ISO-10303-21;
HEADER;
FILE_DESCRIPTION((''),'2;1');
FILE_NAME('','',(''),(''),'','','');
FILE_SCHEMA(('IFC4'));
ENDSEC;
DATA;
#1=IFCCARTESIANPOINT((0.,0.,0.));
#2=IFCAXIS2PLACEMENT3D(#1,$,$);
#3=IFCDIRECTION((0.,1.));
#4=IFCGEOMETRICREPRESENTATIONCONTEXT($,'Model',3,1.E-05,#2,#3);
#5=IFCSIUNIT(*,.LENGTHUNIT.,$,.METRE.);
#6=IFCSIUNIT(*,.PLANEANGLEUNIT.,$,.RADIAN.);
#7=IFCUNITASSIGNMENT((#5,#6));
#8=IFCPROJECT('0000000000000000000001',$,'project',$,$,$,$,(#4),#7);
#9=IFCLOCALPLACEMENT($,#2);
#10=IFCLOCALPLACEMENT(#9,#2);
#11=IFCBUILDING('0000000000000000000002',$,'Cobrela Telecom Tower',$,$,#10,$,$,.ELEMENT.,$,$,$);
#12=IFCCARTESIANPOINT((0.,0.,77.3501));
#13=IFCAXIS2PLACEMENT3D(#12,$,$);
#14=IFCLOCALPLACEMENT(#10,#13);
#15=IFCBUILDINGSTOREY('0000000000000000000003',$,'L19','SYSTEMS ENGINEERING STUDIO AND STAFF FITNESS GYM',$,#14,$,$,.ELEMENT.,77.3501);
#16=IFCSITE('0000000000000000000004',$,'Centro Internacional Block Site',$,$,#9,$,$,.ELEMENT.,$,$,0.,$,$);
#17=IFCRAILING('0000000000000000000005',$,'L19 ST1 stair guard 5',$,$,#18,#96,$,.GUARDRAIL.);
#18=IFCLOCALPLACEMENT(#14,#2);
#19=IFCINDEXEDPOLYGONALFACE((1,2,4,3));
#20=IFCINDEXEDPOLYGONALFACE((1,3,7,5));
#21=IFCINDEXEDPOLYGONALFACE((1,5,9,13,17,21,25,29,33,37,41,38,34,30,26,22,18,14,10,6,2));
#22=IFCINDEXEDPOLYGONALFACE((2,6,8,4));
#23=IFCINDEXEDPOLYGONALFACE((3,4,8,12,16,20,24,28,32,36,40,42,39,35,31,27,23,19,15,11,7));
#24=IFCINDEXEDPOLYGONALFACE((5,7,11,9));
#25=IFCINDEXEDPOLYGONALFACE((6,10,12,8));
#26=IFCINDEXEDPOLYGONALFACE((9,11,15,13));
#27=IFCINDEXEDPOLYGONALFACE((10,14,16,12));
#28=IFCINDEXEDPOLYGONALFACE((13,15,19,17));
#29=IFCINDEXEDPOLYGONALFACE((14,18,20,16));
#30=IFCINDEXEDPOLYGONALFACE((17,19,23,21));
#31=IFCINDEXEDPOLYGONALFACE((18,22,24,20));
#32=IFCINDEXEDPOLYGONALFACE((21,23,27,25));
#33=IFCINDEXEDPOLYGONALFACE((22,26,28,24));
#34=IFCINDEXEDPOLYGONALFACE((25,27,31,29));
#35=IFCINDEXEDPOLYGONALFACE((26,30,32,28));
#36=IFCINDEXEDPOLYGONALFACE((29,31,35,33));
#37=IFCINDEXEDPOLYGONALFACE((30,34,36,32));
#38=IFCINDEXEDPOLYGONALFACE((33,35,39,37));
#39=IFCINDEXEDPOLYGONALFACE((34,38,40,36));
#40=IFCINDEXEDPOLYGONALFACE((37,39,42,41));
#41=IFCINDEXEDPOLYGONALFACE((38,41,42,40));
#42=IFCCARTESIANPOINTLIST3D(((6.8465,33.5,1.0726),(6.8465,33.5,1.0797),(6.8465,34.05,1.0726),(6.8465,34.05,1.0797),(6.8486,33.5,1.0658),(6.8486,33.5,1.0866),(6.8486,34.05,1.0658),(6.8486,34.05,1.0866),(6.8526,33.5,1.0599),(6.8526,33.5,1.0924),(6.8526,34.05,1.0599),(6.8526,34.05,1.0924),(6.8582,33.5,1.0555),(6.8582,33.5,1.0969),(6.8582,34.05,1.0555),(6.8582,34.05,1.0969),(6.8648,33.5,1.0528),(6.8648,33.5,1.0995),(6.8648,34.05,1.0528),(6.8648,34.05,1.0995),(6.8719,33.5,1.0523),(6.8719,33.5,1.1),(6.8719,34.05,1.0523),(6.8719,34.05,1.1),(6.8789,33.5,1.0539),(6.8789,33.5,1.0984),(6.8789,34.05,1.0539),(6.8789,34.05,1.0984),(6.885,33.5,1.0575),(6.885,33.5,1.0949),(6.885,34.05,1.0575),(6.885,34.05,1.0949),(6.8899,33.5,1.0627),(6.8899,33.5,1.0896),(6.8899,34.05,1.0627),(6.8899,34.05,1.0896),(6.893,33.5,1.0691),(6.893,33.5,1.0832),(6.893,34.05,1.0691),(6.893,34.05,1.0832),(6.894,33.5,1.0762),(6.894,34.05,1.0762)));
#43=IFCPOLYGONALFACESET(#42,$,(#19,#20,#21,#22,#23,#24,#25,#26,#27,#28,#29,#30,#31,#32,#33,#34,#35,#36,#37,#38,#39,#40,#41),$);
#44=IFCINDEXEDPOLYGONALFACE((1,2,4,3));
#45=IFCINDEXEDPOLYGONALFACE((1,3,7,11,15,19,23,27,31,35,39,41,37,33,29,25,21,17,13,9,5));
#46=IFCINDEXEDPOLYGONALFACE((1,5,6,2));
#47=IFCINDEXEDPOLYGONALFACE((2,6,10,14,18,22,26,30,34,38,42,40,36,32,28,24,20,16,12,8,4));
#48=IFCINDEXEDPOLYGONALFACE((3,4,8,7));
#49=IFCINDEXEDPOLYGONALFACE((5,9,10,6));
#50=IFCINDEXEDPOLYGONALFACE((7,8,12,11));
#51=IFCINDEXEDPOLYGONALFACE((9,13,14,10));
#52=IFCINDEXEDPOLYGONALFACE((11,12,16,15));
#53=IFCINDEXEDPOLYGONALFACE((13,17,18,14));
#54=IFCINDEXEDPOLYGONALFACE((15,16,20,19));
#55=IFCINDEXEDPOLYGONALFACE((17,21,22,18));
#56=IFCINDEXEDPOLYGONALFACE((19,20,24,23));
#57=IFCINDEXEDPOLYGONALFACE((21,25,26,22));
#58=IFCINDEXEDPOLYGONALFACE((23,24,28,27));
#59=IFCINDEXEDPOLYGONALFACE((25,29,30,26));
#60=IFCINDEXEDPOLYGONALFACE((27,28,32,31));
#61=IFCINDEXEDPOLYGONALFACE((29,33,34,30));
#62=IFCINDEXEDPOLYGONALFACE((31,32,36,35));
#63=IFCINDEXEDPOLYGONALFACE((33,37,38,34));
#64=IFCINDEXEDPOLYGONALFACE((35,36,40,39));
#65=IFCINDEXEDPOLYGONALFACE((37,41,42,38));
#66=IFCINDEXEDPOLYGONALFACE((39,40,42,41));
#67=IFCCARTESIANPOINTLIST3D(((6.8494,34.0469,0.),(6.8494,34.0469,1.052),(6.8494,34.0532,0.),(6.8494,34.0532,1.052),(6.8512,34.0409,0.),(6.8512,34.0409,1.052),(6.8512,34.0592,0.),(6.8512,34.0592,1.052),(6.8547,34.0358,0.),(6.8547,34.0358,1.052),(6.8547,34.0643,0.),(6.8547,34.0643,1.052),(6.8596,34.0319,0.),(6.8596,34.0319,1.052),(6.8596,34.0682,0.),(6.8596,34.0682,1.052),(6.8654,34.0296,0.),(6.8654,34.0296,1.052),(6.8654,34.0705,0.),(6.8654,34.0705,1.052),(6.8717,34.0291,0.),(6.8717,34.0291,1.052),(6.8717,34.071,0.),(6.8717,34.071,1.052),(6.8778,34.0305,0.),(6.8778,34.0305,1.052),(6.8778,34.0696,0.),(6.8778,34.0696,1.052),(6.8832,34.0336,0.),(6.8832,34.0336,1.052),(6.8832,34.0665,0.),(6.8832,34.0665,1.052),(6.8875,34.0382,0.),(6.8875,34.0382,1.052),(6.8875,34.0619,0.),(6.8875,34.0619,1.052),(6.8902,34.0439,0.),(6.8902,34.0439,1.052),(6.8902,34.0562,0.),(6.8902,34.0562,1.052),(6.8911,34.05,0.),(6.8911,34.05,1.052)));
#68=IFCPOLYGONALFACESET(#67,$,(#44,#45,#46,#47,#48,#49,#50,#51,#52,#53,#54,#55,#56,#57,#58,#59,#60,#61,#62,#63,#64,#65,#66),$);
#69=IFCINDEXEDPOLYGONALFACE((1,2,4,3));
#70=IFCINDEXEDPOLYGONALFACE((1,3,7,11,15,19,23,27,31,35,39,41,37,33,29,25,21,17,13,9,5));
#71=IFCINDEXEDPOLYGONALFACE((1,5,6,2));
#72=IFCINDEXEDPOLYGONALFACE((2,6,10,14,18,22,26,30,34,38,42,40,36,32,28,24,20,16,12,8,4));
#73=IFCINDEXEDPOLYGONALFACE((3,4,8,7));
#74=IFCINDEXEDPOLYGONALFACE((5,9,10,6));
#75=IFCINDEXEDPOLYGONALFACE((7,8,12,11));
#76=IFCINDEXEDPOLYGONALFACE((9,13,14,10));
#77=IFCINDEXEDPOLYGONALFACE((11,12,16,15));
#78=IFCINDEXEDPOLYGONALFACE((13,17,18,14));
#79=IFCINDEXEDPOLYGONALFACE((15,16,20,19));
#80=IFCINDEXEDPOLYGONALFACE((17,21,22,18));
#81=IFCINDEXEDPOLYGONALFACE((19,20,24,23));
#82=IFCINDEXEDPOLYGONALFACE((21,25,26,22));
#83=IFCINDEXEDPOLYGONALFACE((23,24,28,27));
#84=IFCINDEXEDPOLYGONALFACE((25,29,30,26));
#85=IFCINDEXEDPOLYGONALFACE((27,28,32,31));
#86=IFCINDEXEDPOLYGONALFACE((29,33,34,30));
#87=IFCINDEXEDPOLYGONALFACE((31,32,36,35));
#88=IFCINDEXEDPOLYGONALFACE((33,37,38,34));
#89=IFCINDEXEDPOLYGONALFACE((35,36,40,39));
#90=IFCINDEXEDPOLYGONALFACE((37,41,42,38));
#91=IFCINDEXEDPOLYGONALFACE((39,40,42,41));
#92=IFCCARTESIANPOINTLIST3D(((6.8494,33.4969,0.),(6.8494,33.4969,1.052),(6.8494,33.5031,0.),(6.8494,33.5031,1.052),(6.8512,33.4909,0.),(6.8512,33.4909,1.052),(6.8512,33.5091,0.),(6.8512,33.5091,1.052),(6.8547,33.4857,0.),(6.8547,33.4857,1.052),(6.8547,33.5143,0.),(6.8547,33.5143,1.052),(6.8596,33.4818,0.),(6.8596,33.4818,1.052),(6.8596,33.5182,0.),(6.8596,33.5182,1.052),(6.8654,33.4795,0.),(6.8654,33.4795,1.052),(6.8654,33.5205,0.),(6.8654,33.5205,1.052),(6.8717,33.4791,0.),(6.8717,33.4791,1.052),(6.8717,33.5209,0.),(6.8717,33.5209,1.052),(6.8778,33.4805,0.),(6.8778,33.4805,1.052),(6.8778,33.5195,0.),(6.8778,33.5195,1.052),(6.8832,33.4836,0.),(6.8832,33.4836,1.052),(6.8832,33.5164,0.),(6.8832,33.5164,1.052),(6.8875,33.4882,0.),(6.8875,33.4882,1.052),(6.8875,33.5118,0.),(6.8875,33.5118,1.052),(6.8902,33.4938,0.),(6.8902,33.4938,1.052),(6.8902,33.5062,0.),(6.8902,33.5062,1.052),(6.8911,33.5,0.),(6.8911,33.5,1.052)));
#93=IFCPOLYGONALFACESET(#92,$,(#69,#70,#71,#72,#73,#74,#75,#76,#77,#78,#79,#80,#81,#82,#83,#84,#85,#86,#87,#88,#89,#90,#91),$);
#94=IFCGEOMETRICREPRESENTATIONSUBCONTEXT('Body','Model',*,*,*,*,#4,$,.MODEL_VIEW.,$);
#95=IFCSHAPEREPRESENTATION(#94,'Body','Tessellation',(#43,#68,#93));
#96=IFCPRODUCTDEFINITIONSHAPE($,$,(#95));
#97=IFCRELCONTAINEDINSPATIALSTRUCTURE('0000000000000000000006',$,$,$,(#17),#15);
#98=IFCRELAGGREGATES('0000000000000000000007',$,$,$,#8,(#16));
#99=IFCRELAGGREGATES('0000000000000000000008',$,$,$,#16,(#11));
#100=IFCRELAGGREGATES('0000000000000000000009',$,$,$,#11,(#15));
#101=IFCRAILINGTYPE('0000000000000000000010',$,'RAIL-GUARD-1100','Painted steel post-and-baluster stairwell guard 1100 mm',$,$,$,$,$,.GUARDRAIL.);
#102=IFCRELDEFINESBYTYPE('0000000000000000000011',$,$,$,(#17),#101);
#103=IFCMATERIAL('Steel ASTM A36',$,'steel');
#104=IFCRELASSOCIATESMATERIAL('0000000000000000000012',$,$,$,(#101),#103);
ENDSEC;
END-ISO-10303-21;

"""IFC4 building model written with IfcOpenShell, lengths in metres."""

from ifc_helpers import new_model, si_unit, direction, frame, origin, origin_2d, place, context, subcontext, project, spatial, circle, extrude, material, type_object, element, save


model = new_model("IFC4")

# Units and contexts
model_context = context("Model", 3, precision=1e-05, world=origin(), true_north=direction((0.0, 1.0)))
body_context = subcontext(model_context, "Body", "Model", "MODEL_VIEW")
ifc_project = project(units=[si_unit("LENGTHUNIT", "METRE"), si_unit("PLANEANGLEUNIT", "RADIAN")], contexts=[model_context])

# Site, building, storey
site_placement = place(None, origin())
site = spatial("IfcSite", under=ifc_project, at=site_placement, Name="Centro Internacional Block Site", CompositionType="ELEMENT", RefElevation=0.0)
building_placement = place(site_placement, origin())
building = spatial("IfcBuilding", under=site, at=building_placement, Name="Cobrela Telecom Tower", CompositionType="ELEMENT")
storey_placement = place(building_placement, frame((0.0, 0.0, 77.3501)))
storey = spatial("IfcBuildingStorey", under=building, at=storey_placement, Name="L19", Description="SYSTEMS ENGINEERING STUDIO AND STAFF FITNESS GYM", CompositionType="ELEMENT", Elevation=77.3501)

# Shared definitions
ifc_material_1 = material(Name="Steel ASTM A36", Category="steel")

# Railing
railing_type_1 = type_object("IfcRailingType", Name="RAIL-GUARD-1100", Description="Painted steel post-and-baluster stairwell guard 1100 mm", PredefinedType="GUARDRAIL", material=ifc_material_1)
railing_1_placement = place(storey_placement, frame((6.8701, 34.05, 0.0)))
element("IfcRailing", 1, at=railing_1_placement, inside=storey, type_object=railing_type_1, Name="L19 ST1 stair guard 5", PredefinedType="GUARDRAIL", context=body_context, shape_type="SweptSolid", body=[
    extrude(circle(Radius=0.0239, at=origin_2d()), frame((0.0, 0.0, 1.0762), z_axis=(0.0, -1.0, 0.0), x_axis=(1.0, 0.0, 0.0)), (0.0, 0.0, 1.0), 0.55),
    extrude(circle(Radius=0.021, at=origin_2d()), origin(), (0.0, 0.0, 1.0), 1.052),
    extrude(circle(Radius=0.021, at=origin_2d()), frame((0.0, -0.55, 0.0)), (0.0, 0.0, 1.0), 1.052),
])

save(model, "model.ifc")
